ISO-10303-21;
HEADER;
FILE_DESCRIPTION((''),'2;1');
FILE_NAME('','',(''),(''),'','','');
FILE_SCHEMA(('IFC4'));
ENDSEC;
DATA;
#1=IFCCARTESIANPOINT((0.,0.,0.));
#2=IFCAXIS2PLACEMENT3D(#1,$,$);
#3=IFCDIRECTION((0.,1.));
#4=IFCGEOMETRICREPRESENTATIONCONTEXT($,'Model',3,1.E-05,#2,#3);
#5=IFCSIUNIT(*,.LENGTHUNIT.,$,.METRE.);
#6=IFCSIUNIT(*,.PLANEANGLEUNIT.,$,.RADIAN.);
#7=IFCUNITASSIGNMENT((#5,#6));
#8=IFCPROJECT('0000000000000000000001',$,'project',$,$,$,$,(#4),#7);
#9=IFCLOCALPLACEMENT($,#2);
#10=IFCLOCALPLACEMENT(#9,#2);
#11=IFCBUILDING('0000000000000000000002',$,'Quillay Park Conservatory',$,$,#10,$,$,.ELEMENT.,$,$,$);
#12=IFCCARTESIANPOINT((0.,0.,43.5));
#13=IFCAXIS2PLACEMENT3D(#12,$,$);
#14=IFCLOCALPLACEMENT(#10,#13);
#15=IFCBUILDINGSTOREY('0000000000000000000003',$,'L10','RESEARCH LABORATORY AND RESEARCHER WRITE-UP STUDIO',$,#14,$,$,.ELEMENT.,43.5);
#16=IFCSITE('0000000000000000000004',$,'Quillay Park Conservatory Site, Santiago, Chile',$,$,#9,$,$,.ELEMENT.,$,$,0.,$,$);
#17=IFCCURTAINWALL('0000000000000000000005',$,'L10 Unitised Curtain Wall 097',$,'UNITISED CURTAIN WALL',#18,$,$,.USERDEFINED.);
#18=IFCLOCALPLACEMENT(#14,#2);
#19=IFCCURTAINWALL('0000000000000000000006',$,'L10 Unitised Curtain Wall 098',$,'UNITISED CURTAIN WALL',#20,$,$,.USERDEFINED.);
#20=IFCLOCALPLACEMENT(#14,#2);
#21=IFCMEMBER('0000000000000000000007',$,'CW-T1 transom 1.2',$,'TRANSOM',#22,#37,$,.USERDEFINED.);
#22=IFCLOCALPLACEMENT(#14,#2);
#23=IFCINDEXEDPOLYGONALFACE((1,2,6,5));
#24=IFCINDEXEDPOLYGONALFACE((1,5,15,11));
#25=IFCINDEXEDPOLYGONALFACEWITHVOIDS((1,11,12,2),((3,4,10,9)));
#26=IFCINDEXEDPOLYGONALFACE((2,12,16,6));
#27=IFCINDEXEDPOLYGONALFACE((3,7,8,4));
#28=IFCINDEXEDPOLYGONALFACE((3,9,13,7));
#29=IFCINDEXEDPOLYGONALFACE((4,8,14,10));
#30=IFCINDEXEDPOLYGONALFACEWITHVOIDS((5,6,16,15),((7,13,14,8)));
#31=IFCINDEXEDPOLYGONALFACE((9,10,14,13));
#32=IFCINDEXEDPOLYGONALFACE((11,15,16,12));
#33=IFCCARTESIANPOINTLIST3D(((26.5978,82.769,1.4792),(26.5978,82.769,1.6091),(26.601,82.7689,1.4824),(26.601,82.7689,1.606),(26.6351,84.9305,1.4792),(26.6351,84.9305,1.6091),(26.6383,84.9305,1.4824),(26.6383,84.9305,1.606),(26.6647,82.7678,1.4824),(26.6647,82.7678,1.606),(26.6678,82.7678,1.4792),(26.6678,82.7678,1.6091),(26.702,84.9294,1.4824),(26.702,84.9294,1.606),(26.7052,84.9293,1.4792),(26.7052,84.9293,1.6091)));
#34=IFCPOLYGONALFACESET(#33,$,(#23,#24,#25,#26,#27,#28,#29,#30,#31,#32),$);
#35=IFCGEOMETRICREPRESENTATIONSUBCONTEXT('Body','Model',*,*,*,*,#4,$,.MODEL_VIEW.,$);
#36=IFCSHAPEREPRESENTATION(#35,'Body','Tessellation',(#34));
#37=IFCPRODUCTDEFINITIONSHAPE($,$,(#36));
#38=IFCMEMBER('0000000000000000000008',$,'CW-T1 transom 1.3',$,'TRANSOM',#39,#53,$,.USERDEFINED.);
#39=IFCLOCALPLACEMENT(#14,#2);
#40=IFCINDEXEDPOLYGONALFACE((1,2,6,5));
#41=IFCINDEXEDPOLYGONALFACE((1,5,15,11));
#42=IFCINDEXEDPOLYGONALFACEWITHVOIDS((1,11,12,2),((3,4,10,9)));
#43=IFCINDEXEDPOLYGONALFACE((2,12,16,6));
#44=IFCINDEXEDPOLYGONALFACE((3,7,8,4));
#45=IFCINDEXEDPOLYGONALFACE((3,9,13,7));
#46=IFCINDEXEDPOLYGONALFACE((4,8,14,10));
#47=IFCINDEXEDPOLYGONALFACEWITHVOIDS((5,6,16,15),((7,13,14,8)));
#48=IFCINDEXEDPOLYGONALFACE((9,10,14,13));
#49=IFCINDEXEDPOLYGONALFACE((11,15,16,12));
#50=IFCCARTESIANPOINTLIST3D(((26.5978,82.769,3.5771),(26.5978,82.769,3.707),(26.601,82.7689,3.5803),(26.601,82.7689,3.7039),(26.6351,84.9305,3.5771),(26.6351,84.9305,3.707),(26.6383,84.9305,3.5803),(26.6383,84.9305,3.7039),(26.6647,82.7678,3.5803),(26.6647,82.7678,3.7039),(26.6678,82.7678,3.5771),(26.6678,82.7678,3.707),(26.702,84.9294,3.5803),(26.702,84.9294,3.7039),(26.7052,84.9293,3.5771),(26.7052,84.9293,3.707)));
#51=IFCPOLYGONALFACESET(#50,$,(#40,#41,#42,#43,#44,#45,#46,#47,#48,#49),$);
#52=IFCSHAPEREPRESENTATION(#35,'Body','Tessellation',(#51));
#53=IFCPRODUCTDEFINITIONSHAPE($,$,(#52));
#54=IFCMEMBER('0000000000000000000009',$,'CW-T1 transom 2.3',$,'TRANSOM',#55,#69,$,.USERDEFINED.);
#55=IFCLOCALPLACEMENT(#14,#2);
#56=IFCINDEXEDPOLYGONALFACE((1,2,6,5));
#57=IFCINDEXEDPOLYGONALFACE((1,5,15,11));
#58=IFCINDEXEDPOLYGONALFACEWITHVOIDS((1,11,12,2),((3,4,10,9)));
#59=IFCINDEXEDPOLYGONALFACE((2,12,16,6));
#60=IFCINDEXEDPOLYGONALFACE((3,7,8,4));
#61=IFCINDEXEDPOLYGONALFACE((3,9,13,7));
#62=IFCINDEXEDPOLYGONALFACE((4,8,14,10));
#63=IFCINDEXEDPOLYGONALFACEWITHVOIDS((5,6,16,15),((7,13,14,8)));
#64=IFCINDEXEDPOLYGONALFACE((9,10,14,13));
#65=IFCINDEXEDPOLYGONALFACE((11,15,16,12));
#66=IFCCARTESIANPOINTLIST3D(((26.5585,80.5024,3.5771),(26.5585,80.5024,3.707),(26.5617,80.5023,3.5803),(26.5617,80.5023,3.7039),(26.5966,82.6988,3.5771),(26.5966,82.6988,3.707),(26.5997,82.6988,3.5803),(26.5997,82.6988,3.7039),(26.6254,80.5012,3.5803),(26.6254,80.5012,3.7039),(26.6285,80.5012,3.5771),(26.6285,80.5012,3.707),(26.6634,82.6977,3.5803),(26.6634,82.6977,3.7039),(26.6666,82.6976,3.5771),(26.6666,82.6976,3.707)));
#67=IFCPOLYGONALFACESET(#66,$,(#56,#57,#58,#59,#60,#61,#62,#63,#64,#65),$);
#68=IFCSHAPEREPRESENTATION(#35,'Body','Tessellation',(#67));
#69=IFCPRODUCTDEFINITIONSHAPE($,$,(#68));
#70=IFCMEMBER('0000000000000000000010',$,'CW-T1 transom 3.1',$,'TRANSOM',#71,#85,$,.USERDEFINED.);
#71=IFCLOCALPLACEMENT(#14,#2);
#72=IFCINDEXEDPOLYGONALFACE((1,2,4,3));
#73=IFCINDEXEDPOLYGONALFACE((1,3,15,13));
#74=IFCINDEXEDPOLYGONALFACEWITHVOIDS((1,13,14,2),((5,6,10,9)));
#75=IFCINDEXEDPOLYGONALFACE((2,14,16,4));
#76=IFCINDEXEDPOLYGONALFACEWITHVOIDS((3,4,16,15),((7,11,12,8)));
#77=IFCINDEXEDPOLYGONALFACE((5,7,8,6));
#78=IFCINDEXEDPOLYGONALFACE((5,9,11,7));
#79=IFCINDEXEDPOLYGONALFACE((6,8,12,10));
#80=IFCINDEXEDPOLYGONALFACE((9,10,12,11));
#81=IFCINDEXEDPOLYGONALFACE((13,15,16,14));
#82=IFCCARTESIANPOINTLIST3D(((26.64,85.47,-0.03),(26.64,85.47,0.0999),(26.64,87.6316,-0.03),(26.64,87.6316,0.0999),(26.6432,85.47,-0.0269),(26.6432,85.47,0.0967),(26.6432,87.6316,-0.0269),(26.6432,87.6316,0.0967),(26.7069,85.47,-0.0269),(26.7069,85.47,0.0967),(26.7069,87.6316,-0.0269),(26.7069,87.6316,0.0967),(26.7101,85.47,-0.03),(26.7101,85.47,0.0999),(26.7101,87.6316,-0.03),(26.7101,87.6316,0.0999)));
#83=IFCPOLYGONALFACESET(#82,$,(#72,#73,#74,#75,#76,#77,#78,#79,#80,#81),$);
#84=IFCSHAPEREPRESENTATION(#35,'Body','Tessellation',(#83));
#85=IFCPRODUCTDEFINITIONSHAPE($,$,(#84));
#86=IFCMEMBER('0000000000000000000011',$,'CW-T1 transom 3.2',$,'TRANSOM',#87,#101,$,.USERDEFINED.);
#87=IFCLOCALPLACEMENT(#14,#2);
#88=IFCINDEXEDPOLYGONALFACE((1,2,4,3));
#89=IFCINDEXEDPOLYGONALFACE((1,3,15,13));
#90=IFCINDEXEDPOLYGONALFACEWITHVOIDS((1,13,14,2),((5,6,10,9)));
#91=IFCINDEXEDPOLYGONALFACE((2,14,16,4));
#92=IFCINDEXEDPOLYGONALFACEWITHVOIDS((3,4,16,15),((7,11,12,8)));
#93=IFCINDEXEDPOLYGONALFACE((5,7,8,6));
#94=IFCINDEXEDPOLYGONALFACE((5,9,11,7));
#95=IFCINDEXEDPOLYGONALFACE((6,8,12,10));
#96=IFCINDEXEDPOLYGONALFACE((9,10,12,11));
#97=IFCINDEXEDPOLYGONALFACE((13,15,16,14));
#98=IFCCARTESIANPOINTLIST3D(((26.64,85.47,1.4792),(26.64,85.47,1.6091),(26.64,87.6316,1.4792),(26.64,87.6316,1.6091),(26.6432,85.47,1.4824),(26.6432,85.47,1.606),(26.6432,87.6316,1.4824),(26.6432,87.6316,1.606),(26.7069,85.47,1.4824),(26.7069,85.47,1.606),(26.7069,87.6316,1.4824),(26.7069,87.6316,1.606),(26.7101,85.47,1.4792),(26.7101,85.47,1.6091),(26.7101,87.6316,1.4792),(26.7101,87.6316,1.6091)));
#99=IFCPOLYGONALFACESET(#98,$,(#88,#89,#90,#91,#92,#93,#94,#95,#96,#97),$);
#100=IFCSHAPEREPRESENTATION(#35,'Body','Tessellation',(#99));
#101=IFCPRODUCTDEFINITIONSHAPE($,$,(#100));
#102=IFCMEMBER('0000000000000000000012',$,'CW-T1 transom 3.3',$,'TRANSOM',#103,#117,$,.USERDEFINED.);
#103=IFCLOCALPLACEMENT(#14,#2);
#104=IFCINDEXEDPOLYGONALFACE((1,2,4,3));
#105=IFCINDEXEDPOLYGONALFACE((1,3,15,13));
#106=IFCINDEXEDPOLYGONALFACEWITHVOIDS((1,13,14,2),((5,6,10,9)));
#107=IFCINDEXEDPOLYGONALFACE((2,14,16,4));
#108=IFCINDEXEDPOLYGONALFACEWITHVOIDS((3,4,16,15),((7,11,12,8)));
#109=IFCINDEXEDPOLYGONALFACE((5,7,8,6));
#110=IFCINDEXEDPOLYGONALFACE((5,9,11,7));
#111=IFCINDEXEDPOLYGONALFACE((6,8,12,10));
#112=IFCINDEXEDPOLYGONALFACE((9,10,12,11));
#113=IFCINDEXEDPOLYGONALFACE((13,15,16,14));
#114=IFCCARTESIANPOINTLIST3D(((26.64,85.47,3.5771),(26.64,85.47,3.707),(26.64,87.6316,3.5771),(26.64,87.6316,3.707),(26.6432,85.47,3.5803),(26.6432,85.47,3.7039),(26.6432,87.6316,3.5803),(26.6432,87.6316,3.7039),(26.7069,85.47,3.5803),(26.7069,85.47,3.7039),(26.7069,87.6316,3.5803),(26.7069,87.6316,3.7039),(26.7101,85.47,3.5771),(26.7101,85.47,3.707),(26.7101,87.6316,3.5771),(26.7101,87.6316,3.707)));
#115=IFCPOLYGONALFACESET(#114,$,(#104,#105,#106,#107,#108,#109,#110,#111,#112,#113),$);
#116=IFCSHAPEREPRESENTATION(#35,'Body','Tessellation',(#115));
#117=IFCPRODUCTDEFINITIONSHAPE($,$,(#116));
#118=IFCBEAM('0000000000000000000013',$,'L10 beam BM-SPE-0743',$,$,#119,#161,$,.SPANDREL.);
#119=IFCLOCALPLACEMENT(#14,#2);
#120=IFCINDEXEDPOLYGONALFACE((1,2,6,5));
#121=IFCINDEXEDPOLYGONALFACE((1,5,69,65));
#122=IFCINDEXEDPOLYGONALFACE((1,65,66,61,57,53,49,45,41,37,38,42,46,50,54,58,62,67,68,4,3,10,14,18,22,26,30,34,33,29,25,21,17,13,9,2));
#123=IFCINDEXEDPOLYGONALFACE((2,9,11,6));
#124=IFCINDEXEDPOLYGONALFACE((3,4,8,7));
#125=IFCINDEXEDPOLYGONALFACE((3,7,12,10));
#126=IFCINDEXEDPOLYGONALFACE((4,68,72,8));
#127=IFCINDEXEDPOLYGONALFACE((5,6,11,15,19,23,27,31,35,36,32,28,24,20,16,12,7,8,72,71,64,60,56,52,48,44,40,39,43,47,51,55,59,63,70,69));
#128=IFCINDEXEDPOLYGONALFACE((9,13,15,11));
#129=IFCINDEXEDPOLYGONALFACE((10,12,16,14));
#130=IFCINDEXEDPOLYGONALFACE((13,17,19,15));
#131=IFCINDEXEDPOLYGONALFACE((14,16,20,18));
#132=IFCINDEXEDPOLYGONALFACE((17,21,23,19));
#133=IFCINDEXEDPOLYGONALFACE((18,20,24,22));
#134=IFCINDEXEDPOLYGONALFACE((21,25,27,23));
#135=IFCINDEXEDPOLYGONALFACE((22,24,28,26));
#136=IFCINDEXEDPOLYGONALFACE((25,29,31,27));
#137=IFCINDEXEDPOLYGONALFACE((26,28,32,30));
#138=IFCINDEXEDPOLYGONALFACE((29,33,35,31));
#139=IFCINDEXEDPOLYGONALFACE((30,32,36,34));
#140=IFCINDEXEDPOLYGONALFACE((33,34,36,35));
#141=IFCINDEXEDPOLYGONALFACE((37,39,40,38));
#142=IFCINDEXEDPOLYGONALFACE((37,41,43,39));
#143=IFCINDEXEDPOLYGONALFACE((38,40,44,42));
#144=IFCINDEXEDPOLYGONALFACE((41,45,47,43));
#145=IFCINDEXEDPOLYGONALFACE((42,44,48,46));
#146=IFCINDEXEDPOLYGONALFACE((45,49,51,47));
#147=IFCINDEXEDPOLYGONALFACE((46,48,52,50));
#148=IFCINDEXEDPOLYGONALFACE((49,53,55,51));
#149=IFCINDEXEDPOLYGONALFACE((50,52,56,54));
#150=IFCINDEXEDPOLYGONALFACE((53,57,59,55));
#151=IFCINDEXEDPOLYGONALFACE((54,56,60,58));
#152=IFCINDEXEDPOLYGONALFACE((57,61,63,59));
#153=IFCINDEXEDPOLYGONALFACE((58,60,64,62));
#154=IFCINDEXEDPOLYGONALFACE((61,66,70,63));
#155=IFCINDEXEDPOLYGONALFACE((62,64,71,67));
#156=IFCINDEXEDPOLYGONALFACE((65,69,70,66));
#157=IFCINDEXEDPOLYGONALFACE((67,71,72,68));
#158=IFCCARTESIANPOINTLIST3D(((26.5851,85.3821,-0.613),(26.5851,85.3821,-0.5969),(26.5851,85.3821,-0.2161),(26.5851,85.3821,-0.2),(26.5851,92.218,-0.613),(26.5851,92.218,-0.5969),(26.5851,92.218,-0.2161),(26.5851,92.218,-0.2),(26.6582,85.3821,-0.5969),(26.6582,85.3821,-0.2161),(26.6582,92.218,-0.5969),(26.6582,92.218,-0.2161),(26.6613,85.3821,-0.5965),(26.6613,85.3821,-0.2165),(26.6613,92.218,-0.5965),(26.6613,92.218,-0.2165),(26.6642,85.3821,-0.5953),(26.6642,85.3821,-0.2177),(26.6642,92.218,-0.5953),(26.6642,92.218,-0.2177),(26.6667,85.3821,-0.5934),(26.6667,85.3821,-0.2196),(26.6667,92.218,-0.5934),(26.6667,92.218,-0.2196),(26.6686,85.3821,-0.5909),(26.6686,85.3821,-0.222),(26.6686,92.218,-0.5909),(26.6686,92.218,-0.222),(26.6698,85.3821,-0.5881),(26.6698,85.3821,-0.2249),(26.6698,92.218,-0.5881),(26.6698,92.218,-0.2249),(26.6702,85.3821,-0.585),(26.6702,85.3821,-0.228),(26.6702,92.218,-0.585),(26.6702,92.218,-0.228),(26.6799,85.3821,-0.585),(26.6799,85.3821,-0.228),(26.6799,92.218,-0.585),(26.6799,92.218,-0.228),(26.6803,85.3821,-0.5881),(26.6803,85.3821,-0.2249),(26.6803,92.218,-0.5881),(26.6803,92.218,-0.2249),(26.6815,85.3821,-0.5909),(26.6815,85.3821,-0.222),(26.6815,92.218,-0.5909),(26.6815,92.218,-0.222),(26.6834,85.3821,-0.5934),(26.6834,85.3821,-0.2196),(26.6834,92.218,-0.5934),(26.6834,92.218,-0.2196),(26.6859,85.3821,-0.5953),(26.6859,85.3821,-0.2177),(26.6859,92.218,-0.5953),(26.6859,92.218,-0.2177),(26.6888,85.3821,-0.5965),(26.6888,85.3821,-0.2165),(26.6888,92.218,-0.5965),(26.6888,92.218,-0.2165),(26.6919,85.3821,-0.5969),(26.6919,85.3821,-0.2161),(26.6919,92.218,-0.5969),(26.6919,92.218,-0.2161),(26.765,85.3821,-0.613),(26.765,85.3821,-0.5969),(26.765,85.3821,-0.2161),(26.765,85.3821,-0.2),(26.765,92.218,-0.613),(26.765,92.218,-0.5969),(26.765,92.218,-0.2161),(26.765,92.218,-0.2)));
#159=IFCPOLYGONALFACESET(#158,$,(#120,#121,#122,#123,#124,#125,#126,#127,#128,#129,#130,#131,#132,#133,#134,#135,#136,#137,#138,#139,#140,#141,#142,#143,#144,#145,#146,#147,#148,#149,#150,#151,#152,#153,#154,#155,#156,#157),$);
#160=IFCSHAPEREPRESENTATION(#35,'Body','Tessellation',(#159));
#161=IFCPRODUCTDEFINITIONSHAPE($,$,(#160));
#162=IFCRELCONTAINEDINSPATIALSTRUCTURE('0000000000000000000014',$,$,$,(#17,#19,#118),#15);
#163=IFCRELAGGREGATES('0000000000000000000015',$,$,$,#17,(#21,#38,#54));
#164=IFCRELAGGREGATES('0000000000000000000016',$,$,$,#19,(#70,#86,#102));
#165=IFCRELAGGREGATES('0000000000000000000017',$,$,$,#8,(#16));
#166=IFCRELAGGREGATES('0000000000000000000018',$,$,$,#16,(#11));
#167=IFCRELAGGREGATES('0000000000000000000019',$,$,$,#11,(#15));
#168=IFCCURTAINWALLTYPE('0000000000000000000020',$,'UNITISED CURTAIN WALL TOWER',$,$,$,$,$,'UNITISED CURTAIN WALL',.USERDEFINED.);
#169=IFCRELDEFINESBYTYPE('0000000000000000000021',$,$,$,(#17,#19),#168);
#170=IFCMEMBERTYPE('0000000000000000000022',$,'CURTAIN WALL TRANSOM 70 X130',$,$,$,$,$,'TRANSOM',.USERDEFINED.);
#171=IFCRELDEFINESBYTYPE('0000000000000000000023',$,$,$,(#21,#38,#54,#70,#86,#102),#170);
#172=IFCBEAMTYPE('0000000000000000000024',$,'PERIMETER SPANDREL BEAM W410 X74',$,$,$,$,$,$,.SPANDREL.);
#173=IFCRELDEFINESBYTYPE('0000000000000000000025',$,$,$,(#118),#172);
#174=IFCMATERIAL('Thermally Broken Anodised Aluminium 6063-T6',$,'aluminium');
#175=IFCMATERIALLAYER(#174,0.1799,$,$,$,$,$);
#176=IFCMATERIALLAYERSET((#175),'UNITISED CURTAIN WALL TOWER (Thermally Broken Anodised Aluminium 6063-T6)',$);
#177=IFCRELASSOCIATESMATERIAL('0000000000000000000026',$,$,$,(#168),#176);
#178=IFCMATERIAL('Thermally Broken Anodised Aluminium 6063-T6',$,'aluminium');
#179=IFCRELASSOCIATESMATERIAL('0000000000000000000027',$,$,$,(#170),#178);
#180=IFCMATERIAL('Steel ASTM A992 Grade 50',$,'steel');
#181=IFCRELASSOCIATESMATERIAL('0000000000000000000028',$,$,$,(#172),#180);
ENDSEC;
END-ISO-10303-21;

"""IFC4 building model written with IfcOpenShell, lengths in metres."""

from ifc_helpers import new_model, si_unit, direction, frame, origin, origin_2d, place, context, subcontext, project, spatial, hollow_rectangle, i_section, extrude, material, layer, layer_set, material_profile, profile_set, type_object, element, aggregate, save


model = new_model("IFC4")

# Units and contexts
model_context = context("Model", 3, precision=1e-05, world=origin(), true_north=direction((0.0, 1.0)))
body_context = subcontext(model_context, "Body", "Model", "MODEL_VIEW")
ifc_project = project(units=[si_unit("LENGTHUNIT", "METRE"), si_unit("PLANEANGLEUNIT", "RADIAN")], contexts=[model_context])

# Site, building, storey
site_placement = place(None, origin())
site = spatial("IfcSite", under=ifc_project, at=site_placement, Name="Quillay Park Conservatory Site, Santiago, Chile", CompositionType="ELEMENT", RefElevation=0.0)
building_placement = place(site_placement, origin())
building = spatial("IfcBuilding", under=site, at=building_placement, Name="Quillay Park Conservatory", CompositionType="ELEMENT")
storey_placement = place(building_placement, frame((0.0, 0.0, 43.5)))
storey = spatial("IfcBuildingStorey", under=building, at=storey_placement, Name="L10", Description="RESEARCH LABORATORY AND RESEARCHER WRITE-UP STUDIO", CompositionType="ELEMENT", Elevation=43.5)

# Curtain walls
ifc_material_1 = material(Name="Thermally Broken Anodised Aluminium 6063-T6", Category="aluminium")
ifc_layer_1 = layer(ifc_material_1, 0.1799)
ifc_layer_set_1 = layer_set([ifc_layer_1], Name="UNITISED CURTAIN WALL TOWER (Thermally Broken Anodised Aluminium 6063-T6)")
curtain_wall_type = type_object("IfcCurtainWallType", Name="UNITISED CURTAIN WALL TOWER", ElementType="UNITISED CURTAIN WALL", PredefinedType="USERDEFINED", material=ifc_layer_set_1)
curtain_wall_1_placement = place(storey_placement, origin())
curtain_wall_1 = element("IfcCurtainWall", 1, at=curtain_wall_1_placement, inside=storey, type_object=curtain_wall_type, Name="L10 Unitised Curtain Wall 097", ObjectType="UNITISED CURTAIN WALL", PredefinedType="USERDEFINED")
curtain_wall_2_placement = place(storey_placement, origin())
curtain_wall_2 = element("IfcCurtainWall", 2, at=curtain_wall_2_placement, inside=storey, type_object=curtain_wall_type, Name="L10 Unitised Curtain Wall 098", ObjectType="UNITISED CURTAIN WALL", PredefinedType="USERDEFINED")

# Members
ifc_material_2 = material(Name="Thermally Broken Anodised Aluminium 6063-T6", Category="aluminium")
ifc_material_profile_1 = material_profile(ifc_material_2, hollow_rectangle(XDim=0.0701, YDim=0.1299, WallThickness=0.0032, at=origin_2d()), Name="AL70x130x3.2")
ifc_profile_set_1 = profile_set([ifc_material_profile_1], Name="Thermally Broken Anodised Aluminium 6063-T6")
member_type_1 = type_object("IfcMemberType", Name="CURTAIN WALL TRANSOM 70 X130", ElementType="TRANSOM", PredefinedType="USERDEFINED", material=ifc_profile_set_1)
member_1_placement = place(storey_placement, frame((26.6702, 84.9299, 1.5442), z_axis=(-0.017278, -0.999851, 0.0), x_axis=(0.999851, -0.017278, 0.0)))
member_1 = element("IfcMember", 3, at=member_1_placement, type_object=member_type_1, Name="CW-T1 transom 1.2", ObjectType="TRANSOM", PredefinedType="USERDEFINED", context=body_context, shape_type="SweptSolid", body=[
    extrude(hollow_rectangle(XDim=0.0701, YDim=0.1299, WallThickness=0.0032, at=origin_2d()), origin(), (0.0, 0.0, 1.0), 2.1619),
])
member_2_placement = place(storey_placement, frame((26.6702, 84.9299, 3.6421), z_axis=(-0.017278, -0.999851, 0.0), x_axis=(0.999851, -0.017278, 0.0)))
member_2 = element("IfcMember", 4, at=member_2_placement, type_object=member_type_1, Name="CW-T1 transom 1.3", ObjectType="TRANSOM", PredefinedType="USERDEFINED", context=body_context, shape_type="SweptSolid", body=[
    extrude(hollow_rectangle(XDim=0.0701, YDim=0.1299, WallThickness=0.0032, at=origin_2d()), origin(), (0.0, 0.0, 1.0), 2.1619),
])
member_3_placement = place(storey_placement, frame((26.6316, 82.6982, 3.6421), z_axis=(-0.017337, -0.99985, 0.0), x_axis=(0.99985, -0.017337, 0.0)))
member_3 = element("IfcMember", 5, at=member_3_placement, type_object=member_type_1, Name="CW-T1 transom 2.3", ObjectType="TRANSOM", PredefinedType="USERDEFINED", context=body_context, shape_type="SweptSolid", body=[
    extrude(hollow_rectangle(XDim=0.0701, YDim=0.1299, WallThickness=0.0032, at=origin_2d()), origin(), (0.0, 0.0, 1.0), 2.1968),
])
member_4_placement = place(storey_placement, frame((26.675, 87.6316, 0.0349), z_axis=(0.0, -1.0, 0.0), x_axis=(1.0, 0.0, 0.0)))
member_4 = element("IfcMember", 6, at=member_4_placement, type_object=member_type_1, Name="CW-T1 transom 3.1", ObjectType="TRANSOM", PredefinedType="USERDEFINED", context=body_context, shape_type="SweptSolid", body=[
    extrude(hollow_rectangle(XDim=0.0701, YDim=0.1299, WallThickness=0.0032, at=origin_2d()), origin(), (0.0, 0.0, 1.0), 2.1616),
])
member_5_placement = place(storey_placement, frame((26.675, 87.6316, 1.5442), z_axis=(0.0, -1.0, 0.0), x_axis=(1.0, 0.0, 0.0)))
member_5 = element("IfcMember", 7, at=member_5_placement, type_object=member_type_1, Name="CW-T1 transom 3.2", ObjectType="TRANSOM", PredefinedType="USERDEFINED", context=body_context, shape_type="SweptSolid", body=[
    extrude(hollow_rectangle(XDim=0.0701, YDim=0.1299, WallThickness=0.0032, at=origin_2d()), origin(), (0.0, 0.0, 1.0), 2.1616),
])
member_6_placement = place(storey_placement, frame((26.675, 87.6316, 3.6421), z_axis=(0.0, -1.0, 0.0), x_axis=(1.0, 0.0, 0.0)))
member_6 = element("IfcMember", 8, at=member_6_placement, type_object=member_type_1, Name="CW-T1 transom 3.3", ObjectType="TRANSOM", PredefinedType="USERDEFINED", context=body_context, shape_type="SweptSolid", body=[
    extrude(hollow_rectangle(XDim=0.0701, YDim=0.1299, WallThickness=0.0032, at=origin_2d()), origin(), (0.0, 0.0, 1.0), 2.1616),
])

# Beam
ifc_material_3 = material(Name="Steel ASTM A992 Grade 50", Category="steel")
ifc_material_profile_2 = material_profile(ifc_material_3, i_section(OverallWidth=0.1799, OverallDepth=0.4131, WebThickness=0.0098, FlangeThickness=0.0161, FilletRadius=0.012, at=origin_2d()), Name="W410x74")
ifc_profile_set_2 = profile_set([ifc_material_profile_2], Name="Steel ASTM A992 Grade 50")
beam_type_1 = type_object("IfcBeamType", Name="PERIMETER SPANDREL BEAM W410 X74", PredefinedType="SPANDREL", material=ifc_profile_set_2)
beam_1_placement = place(storey_placement, frame((26.675, 85.3821, -0.4065), z_axis=(0.0, 1.0, 0.0), x_axis=(-1.0, 0.0, 0.0)))
element("IfcBeam", 9, at=beam_1_placement, inside=storey, type_object=beam_type_1, Name="L10 beam BM-SPE-0743", PredefinedType="SPANDREL", context=body_context, shape_type="SweptSolid", body=[
    extrude(i_section(OverallWidth=0.1799, OverallDepth=0.4131, WebThickness=0.0098, FlangeThickness=0.0161, FilletRadius=0.012, at=origin_2d()), origin(), (0.0, 0.0, 1.0), 6.8359),
])

aggregate(curtain_wall_1, [member_1, member_2, member_3])
aggregate(curtain_wall_2, [member_4, member_5, member_6])

save(model, "model.ifc")
